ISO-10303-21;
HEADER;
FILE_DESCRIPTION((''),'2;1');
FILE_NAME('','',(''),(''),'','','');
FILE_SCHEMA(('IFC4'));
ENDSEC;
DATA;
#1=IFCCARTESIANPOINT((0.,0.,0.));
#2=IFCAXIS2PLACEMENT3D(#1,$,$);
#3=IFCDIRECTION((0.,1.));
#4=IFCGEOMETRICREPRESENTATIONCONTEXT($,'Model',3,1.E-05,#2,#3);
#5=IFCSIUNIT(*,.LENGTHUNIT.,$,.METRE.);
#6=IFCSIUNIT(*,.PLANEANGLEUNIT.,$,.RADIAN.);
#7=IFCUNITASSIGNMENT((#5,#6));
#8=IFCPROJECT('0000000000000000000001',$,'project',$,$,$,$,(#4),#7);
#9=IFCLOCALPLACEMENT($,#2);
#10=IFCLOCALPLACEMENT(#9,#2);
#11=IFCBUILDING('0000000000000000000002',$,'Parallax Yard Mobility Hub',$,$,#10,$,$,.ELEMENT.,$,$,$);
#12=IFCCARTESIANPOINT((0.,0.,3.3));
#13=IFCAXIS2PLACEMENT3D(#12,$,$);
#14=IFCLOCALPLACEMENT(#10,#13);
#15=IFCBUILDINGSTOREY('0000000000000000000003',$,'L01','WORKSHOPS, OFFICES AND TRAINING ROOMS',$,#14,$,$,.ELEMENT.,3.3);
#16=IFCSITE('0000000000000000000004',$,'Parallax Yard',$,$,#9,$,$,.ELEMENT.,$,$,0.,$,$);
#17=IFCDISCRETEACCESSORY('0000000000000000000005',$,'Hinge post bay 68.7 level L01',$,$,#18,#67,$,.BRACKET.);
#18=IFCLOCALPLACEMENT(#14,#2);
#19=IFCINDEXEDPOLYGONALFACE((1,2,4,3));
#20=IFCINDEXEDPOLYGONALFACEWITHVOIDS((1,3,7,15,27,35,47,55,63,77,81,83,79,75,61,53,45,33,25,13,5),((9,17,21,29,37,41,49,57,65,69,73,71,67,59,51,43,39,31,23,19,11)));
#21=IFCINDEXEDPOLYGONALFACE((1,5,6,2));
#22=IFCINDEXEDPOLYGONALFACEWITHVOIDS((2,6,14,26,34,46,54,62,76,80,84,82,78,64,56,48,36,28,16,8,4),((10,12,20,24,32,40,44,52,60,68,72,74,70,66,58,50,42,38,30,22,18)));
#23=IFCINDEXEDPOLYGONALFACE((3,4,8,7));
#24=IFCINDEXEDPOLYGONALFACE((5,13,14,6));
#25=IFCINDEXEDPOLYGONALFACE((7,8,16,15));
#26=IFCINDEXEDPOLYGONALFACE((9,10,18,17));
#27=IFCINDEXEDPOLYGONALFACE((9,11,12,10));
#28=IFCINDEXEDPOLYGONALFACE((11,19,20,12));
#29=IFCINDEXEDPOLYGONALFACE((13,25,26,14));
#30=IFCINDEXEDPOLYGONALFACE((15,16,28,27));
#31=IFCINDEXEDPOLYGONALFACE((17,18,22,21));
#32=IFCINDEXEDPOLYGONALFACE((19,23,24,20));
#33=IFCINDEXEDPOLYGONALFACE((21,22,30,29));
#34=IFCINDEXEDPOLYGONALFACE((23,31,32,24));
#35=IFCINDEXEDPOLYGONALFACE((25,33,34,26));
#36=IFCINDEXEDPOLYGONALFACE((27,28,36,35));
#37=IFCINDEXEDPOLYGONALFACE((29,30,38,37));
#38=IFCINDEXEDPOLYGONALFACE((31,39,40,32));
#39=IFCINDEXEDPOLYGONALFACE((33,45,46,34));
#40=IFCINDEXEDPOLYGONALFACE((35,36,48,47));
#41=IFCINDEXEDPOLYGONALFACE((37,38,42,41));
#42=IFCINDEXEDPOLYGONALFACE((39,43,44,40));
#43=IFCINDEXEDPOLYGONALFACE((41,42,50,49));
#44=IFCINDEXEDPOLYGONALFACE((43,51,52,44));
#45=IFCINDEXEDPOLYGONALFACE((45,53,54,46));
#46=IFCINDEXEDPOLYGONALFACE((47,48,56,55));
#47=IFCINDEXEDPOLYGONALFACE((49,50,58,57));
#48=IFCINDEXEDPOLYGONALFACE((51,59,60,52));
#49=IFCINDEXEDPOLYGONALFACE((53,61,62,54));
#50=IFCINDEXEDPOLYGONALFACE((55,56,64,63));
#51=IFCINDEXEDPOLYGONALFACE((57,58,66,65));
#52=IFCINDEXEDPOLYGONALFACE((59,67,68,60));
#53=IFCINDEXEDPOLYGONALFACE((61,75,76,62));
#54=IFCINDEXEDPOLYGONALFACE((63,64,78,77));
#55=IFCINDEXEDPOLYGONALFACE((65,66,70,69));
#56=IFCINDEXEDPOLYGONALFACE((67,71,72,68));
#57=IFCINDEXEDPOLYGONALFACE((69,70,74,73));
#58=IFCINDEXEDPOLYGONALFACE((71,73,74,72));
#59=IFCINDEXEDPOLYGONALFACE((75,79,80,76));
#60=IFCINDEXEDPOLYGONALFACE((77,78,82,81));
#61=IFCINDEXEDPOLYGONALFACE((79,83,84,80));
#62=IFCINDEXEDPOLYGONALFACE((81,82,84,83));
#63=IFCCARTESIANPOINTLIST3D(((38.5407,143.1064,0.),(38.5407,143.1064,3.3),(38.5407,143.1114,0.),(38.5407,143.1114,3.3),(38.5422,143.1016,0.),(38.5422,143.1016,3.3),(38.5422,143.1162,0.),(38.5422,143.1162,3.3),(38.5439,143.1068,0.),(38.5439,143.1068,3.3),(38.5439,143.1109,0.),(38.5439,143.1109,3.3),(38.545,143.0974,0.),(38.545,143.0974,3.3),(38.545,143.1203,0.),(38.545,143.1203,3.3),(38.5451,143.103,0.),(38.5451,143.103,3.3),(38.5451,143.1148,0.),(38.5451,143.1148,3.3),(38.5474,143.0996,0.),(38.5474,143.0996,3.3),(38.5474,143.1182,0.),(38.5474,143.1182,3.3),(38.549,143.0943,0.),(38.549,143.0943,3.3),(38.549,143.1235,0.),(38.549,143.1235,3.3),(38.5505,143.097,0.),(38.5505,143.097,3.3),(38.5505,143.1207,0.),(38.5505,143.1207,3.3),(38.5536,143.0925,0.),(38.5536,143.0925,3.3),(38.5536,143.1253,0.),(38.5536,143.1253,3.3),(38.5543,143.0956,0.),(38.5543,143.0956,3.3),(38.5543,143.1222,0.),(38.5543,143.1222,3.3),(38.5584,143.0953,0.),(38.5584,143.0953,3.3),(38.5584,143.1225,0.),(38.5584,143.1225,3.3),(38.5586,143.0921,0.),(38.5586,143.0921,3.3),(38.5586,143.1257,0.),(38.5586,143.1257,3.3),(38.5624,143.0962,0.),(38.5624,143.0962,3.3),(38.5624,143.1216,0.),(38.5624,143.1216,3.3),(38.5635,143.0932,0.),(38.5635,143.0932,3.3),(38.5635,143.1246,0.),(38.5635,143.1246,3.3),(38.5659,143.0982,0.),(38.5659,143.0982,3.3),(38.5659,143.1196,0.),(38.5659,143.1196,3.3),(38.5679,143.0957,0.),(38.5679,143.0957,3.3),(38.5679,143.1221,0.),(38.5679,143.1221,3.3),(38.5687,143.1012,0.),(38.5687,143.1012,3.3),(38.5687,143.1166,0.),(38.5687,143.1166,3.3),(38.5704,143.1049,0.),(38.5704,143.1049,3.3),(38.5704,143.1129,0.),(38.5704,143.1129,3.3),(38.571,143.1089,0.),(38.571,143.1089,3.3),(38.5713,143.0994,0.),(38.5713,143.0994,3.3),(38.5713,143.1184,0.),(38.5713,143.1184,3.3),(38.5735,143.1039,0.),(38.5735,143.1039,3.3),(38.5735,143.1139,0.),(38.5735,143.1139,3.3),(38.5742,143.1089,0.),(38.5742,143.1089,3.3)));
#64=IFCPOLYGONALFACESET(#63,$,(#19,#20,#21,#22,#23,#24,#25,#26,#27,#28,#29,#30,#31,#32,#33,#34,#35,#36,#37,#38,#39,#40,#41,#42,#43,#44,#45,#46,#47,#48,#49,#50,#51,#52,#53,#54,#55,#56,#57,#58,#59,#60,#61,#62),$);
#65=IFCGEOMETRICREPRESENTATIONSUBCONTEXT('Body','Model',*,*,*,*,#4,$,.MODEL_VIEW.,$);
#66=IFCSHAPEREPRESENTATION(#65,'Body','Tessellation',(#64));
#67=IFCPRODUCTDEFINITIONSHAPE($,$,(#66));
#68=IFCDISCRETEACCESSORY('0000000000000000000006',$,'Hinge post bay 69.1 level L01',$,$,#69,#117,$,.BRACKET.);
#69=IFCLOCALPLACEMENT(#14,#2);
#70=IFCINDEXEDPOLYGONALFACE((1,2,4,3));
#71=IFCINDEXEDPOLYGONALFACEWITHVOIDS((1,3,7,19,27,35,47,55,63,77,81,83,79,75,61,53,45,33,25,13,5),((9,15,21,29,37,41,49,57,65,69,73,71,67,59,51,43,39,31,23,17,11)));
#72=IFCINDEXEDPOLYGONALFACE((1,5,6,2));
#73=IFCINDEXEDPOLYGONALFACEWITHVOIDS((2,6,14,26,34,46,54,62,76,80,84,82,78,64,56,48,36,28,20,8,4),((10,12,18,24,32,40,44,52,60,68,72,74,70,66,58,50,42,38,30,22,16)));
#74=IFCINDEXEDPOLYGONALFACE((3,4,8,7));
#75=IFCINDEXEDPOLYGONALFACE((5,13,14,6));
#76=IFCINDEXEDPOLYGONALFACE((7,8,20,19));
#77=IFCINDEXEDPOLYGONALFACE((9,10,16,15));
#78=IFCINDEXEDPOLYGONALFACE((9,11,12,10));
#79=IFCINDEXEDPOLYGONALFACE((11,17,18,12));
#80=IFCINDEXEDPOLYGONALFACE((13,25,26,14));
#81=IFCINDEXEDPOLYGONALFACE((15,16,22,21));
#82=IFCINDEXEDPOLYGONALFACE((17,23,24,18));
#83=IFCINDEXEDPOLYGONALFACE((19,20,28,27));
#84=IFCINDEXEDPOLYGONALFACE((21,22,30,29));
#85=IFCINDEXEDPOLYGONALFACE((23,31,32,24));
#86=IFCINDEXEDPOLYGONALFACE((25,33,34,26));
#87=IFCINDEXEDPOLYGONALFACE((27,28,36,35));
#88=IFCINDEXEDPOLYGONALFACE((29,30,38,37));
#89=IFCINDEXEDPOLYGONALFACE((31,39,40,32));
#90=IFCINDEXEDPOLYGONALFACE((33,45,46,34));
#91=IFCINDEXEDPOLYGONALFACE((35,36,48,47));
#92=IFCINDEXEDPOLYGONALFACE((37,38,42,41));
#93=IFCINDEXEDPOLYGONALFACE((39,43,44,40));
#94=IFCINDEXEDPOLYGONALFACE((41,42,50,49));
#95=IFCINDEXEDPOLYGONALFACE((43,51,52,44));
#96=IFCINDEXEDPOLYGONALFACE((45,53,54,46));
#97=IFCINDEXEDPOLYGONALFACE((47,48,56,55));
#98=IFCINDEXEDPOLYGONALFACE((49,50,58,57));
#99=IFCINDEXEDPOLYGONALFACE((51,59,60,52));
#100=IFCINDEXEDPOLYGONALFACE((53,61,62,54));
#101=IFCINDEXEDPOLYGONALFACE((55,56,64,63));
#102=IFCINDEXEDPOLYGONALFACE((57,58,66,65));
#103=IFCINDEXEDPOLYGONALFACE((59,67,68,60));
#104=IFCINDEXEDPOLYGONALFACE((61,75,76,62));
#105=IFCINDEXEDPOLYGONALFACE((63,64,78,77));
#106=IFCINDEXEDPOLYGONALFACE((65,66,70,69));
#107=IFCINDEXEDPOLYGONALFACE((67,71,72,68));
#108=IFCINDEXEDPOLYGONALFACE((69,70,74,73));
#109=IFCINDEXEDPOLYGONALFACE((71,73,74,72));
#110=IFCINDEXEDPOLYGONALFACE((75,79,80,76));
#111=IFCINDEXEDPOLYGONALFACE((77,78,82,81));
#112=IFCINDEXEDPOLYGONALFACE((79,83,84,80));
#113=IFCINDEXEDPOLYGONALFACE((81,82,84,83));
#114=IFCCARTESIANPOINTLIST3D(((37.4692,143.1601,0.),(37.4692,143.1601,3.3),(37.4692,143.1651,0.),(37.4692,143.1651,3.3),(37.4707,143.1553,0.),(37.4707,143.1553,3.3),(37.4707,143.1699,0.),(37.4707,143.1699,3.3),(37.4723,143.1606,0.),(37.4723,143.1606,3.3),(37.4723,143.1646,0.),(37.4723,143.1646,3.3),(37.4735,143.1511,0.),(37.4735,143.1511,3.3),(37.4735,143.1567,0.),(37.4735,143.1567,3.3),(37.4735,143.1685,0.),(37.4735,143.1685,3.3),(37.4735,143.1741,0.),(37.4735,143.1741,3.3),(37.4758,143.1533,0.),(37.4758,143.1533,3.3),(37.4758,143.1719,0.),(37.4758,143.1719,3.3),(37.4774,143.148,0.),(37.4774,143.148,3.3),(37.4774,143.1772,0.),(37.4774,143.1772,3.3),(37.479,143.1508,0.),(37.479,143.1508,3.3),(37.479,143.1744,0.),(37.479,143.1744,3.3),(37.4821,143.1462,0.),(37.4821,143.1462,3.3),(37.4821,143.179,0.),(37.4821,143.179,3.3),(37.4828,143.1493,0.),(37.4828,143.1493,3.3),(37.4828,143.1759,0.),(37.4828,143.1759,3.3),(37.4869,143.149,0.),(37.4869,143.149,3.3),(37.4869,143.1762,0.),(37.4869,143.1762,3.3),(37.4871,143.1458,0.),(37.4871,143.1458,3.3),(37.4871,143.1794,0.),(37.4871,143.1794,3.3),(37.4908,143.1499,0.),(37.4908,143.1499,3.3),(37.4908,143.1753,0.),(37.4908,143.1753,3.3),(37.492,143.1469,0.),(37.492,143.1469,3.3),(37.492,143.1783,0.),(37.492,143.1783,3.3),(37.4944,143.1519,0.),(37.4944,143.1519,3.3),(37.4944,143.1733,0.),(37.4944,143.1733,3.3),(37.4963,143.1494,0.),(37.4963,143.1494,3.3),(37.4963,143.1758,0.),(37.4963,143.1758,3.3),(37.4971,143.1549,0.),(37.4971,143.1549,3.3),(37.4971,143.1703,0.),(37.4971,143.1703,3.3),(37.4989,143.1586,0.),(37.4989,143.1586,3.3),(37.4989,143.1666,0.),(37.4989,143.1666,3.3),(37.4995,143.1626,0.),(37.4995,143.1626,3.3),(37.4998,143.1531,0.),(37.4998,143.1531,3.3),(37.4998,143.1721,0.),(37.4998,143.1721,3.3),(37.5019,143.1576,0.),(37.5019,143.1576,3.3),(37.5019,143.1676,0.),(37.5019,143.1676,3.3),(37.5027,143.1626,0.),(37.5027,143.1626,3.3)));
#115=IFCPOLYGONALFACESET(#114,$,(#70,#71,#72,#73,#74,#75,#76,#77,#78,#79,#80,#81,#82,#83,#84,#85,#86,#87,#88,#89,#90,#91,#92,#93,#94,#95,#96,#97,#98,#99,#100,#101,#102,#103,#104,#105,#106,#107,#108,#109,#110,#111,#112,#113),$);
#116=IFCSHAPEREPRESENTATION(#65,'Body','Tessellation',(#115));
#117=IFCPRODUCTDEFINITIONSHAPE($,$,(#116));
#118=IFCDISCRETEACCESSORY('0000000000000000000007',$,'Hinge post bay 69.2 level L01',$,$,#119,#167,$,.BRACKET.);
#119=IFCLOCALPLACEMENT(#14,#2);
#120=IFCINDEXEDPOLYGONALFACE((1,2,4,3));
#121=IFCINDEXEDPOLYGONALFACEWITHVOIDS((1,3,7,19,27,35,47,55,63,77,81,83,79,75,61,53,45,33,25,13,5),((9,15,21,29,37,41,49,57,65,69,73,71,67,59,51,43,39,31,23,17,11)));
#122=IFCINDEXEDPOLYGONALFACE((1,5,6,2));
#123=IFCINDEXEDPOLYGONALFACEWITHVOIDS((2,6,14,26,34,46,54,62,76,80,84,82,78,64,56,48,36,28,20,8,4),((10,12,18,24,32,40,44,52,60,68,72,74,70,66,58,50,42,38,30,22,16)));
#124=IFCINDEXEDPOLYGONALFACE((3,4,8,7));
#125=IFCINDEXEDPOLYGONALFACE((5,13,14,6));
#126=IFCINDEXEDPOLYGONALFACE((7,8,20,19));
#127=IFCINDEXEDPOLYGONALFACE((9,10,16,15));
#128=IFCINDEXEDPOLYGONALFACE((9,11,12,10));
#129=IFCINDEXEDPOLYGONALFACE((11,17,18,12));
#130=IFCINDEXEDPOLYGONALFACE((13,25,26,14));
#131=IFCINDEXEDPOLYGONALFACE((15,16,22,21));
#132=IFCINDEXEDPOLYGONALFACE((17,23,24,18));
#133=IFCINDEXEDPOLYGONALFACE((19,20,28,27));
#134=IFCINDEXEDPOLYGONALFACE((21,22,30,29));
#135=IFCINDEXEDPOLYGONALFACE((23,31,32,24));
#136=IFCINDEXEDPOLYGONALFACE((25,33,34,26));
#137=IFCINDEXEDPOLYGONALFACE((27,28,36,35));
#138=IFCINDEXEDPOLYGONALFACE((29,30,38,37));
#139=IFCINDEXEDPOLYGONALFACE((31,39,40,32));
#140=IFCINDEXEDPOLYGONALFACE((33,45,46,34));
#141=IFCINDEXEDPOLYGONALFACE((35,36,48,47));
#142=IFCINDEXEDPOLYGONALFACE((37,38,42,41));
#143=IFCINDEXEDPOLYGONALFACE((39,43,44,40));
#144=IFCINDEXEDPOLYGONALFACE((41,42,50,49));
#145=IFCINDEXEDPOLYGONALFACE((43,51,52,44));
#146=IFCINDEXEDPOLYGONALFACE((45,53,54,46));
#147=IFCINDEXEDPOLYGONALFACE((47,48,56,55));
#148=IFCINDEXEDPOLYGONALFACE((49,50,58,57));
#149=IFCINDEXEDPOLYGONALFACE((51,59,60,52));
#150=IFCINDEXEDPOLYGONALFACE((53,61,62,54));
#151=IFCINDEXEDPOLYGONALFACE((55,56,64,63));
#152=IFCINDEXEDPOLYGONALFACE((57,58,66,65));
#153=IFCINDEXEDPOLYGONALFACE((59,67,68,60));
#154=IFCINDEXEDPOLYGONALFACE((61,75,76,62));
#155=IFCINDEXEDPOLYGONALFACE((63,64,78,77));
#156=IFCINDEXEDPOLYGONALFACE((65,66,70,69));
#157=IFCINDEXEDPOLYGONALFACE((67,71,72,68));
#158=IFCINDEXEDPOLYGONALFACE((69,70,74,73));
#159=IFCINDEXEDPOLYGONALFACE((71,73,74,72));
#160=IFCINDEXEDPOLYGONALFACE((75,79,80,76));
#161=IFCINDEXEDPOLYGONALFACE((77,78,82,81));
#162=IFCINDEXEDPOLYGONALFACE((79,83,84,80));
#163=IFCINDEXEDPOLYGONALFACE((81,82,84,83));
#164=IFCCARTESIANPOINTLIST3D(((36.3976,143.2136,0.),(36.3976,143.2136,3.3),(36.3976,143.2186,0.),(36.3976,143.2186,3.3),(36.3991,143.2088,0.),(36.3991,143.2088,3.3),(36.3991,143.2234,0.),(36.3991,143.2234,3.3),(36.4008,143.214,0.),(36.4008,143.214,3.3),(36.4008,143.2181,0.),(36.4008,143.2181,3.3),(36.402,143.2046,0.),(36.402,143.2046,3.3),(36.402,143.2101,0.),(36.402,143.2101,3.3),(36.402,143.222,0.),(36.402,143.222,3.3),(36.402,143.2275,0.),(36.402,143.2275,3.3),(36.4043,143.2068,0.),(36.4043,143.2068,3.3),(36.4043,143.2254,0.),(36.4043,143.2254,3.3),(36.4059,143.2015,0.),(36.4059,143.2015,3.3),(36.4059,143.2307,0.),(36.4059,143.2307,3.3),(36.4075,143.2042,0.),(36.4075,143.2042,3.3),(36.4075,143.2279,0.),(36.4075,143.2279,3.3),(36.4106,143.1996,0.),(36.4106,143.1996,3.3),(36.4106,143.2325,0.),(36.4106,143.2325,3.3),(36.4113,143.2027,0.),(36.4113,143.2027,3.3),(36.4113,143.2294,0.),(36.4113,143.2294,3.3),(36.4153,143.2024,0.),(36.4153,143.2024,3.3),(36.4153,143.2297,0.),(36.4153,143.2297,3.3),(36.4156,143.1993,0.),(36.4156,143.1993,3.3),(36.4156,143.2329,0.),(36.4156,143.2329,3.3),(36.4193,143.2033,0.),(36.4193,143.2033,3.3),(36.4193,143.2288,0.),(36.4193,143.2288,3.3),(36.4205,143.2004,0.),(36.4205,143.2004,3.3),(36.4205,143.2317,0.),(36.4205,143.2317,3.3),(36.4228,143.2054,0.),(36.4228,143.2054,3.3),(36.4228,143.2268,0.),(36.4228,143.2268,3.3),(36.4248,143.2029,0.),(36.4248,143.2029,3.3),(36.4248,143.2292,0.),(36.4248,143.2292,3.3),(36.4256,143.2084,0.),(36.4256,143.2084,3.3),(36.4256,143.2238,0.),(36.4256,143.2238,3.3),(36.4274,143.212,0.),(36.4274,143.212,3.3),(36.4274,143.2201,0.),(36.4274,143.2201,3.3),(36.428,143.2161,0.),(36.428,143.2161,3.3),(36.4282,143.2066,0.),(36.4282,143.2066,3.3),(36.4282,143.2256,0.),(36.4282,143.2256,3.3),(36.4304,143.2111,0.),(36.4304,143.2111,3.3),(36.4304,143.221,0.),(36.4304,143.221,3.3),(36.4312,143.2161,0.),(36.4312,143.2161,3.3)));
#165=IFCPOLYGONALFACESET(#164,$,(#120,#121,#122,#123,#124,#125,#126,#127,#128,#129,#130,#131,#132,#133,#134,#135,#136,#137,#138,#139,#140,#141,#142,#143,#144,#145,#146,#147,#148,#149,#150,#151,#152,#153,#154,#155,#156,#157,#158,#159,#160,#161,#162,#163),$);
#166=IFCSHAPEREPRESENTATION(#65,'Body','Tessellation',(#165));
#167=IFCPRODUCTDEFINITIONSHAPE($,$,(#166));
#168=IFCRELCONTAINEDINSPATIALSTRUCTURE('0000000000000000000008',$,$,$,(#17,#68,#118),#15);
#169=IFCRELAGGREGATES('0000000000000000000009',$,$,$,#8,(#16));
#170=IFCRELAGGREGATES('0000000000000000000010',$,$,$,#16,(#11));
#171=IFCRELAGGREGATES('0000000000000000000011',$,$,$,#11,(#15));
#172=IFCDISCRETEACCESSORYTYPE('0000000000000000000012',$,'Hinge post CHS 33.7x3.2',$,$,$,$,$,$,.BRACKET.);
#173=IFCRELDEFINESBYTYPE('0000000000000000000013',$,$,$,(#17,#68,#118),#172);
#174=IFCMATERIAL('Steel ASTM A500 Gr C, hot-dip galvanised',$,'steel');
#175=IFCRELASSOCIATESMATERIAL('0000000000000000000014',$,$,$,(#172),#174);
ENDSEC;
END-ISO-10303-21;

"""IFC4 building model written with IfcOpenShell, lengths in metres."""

from ifc_helpers import new_model, si_unit, direction, frame, origin, origin_2d, place, context, subcontext, project, spatial, hollow_circle, extrude, material, material_profile, profile_set, type_object, element, save


model = new_model("IFC4")

# Units and contexts
model_context = context("Model", 3, precision=1e-05, world=origin(), true_north=direction((0.0, 1.0)))
body_context = subcontext(model_context, "Body", "Model", "MODEL_VIEW")
ifc_project = project(units=[si_unit("LENGTHUNIT", "METRE"), si_unit("PLANEANGLEUNIT", "RADIAN")], contexts=[model_context])

# Site, building, storey
site_placement = place(None, origin())
site = spatial("IfcSite", under=ifc_project, at=site_placement, Name="Parallax Yard", CompositionType="ELEMENT", RefElevation=0.0)
building_placement = place(site_placement, origin())
building = spatial("IfcBuilding", under=site, at=building_placement, Name="Parallax Yard Mobility Hub", CompositionType="ELEMENT")
storey_placement = place(building_placement, frame((0.0, 0.0, 3.3)))
storey = spatial("IfcBuildingStorey", under=building, at=storey_placement, Name="L01", Description="WORKSHOPS, OFFICES AND TRAINING ROOMS", CompositionType="ELEMENT", Elevation=3.3)

# Discrete accessories
ifc_material_1 = material(Name="Steel ASTM A500 Gr C, hot-dip galvanised", Category="steel")
ifc_material_profile = material_profile(ifc_material_1, hollow_circle(Radius=0.0168, WallThickness=0.0032, at=origin_2d()), Name="CHS 33.7x3.2")
ifc_profile_set = profile_set([ifc_material_profile], Name="Steel ASTM A500 Gr C, hot-dip galvanised")
discrete_accessory_type_1 = type_object("IfcDiscreteAccessoryType", Name="Hinge post CHS 33.7x3.2", PredefinedType="BRACKET", material=ifc_profile_set)
for number, where, z_axis, x_axis, name in (
    (1, (38.5574, 143.1089, 0.0), (0.0, 0.0, 1.0), (1.0, 0.0, 0.0), "Hinge post bay 68.7 level L01"),
    (2, (37.4858, 143.1626, 0.0), (0.0, 0.0, 1.0), (1.0, 0.0, 0.0), "Hinge post bay 69.1 level L01"),
    (3, (36.4143, 143.2161, 0.0), (0.0, 0.0, 1.0), (1.0, 0.0, 0.0), "Hinge post bay 69.2 level L01"),
):
    element("IfcDiscreteAccessory", number, at=place(storey_placement, frame(where, z_axis=z_axis, x_axis=x_axis)), inside=storey, type_object=discrete_accessory_type_1, Name=name, PredefinedType="BRACKET", context=body_context, shape_type="SweptSolid", body=[
        extrude(hollow_circle(Radius=0.0168, WallThickness=0.0032, at=origin_2d()), origin(), (0.0, 0.0, 1.0), 3.3),
    ])

save(model, "model.ifc")
